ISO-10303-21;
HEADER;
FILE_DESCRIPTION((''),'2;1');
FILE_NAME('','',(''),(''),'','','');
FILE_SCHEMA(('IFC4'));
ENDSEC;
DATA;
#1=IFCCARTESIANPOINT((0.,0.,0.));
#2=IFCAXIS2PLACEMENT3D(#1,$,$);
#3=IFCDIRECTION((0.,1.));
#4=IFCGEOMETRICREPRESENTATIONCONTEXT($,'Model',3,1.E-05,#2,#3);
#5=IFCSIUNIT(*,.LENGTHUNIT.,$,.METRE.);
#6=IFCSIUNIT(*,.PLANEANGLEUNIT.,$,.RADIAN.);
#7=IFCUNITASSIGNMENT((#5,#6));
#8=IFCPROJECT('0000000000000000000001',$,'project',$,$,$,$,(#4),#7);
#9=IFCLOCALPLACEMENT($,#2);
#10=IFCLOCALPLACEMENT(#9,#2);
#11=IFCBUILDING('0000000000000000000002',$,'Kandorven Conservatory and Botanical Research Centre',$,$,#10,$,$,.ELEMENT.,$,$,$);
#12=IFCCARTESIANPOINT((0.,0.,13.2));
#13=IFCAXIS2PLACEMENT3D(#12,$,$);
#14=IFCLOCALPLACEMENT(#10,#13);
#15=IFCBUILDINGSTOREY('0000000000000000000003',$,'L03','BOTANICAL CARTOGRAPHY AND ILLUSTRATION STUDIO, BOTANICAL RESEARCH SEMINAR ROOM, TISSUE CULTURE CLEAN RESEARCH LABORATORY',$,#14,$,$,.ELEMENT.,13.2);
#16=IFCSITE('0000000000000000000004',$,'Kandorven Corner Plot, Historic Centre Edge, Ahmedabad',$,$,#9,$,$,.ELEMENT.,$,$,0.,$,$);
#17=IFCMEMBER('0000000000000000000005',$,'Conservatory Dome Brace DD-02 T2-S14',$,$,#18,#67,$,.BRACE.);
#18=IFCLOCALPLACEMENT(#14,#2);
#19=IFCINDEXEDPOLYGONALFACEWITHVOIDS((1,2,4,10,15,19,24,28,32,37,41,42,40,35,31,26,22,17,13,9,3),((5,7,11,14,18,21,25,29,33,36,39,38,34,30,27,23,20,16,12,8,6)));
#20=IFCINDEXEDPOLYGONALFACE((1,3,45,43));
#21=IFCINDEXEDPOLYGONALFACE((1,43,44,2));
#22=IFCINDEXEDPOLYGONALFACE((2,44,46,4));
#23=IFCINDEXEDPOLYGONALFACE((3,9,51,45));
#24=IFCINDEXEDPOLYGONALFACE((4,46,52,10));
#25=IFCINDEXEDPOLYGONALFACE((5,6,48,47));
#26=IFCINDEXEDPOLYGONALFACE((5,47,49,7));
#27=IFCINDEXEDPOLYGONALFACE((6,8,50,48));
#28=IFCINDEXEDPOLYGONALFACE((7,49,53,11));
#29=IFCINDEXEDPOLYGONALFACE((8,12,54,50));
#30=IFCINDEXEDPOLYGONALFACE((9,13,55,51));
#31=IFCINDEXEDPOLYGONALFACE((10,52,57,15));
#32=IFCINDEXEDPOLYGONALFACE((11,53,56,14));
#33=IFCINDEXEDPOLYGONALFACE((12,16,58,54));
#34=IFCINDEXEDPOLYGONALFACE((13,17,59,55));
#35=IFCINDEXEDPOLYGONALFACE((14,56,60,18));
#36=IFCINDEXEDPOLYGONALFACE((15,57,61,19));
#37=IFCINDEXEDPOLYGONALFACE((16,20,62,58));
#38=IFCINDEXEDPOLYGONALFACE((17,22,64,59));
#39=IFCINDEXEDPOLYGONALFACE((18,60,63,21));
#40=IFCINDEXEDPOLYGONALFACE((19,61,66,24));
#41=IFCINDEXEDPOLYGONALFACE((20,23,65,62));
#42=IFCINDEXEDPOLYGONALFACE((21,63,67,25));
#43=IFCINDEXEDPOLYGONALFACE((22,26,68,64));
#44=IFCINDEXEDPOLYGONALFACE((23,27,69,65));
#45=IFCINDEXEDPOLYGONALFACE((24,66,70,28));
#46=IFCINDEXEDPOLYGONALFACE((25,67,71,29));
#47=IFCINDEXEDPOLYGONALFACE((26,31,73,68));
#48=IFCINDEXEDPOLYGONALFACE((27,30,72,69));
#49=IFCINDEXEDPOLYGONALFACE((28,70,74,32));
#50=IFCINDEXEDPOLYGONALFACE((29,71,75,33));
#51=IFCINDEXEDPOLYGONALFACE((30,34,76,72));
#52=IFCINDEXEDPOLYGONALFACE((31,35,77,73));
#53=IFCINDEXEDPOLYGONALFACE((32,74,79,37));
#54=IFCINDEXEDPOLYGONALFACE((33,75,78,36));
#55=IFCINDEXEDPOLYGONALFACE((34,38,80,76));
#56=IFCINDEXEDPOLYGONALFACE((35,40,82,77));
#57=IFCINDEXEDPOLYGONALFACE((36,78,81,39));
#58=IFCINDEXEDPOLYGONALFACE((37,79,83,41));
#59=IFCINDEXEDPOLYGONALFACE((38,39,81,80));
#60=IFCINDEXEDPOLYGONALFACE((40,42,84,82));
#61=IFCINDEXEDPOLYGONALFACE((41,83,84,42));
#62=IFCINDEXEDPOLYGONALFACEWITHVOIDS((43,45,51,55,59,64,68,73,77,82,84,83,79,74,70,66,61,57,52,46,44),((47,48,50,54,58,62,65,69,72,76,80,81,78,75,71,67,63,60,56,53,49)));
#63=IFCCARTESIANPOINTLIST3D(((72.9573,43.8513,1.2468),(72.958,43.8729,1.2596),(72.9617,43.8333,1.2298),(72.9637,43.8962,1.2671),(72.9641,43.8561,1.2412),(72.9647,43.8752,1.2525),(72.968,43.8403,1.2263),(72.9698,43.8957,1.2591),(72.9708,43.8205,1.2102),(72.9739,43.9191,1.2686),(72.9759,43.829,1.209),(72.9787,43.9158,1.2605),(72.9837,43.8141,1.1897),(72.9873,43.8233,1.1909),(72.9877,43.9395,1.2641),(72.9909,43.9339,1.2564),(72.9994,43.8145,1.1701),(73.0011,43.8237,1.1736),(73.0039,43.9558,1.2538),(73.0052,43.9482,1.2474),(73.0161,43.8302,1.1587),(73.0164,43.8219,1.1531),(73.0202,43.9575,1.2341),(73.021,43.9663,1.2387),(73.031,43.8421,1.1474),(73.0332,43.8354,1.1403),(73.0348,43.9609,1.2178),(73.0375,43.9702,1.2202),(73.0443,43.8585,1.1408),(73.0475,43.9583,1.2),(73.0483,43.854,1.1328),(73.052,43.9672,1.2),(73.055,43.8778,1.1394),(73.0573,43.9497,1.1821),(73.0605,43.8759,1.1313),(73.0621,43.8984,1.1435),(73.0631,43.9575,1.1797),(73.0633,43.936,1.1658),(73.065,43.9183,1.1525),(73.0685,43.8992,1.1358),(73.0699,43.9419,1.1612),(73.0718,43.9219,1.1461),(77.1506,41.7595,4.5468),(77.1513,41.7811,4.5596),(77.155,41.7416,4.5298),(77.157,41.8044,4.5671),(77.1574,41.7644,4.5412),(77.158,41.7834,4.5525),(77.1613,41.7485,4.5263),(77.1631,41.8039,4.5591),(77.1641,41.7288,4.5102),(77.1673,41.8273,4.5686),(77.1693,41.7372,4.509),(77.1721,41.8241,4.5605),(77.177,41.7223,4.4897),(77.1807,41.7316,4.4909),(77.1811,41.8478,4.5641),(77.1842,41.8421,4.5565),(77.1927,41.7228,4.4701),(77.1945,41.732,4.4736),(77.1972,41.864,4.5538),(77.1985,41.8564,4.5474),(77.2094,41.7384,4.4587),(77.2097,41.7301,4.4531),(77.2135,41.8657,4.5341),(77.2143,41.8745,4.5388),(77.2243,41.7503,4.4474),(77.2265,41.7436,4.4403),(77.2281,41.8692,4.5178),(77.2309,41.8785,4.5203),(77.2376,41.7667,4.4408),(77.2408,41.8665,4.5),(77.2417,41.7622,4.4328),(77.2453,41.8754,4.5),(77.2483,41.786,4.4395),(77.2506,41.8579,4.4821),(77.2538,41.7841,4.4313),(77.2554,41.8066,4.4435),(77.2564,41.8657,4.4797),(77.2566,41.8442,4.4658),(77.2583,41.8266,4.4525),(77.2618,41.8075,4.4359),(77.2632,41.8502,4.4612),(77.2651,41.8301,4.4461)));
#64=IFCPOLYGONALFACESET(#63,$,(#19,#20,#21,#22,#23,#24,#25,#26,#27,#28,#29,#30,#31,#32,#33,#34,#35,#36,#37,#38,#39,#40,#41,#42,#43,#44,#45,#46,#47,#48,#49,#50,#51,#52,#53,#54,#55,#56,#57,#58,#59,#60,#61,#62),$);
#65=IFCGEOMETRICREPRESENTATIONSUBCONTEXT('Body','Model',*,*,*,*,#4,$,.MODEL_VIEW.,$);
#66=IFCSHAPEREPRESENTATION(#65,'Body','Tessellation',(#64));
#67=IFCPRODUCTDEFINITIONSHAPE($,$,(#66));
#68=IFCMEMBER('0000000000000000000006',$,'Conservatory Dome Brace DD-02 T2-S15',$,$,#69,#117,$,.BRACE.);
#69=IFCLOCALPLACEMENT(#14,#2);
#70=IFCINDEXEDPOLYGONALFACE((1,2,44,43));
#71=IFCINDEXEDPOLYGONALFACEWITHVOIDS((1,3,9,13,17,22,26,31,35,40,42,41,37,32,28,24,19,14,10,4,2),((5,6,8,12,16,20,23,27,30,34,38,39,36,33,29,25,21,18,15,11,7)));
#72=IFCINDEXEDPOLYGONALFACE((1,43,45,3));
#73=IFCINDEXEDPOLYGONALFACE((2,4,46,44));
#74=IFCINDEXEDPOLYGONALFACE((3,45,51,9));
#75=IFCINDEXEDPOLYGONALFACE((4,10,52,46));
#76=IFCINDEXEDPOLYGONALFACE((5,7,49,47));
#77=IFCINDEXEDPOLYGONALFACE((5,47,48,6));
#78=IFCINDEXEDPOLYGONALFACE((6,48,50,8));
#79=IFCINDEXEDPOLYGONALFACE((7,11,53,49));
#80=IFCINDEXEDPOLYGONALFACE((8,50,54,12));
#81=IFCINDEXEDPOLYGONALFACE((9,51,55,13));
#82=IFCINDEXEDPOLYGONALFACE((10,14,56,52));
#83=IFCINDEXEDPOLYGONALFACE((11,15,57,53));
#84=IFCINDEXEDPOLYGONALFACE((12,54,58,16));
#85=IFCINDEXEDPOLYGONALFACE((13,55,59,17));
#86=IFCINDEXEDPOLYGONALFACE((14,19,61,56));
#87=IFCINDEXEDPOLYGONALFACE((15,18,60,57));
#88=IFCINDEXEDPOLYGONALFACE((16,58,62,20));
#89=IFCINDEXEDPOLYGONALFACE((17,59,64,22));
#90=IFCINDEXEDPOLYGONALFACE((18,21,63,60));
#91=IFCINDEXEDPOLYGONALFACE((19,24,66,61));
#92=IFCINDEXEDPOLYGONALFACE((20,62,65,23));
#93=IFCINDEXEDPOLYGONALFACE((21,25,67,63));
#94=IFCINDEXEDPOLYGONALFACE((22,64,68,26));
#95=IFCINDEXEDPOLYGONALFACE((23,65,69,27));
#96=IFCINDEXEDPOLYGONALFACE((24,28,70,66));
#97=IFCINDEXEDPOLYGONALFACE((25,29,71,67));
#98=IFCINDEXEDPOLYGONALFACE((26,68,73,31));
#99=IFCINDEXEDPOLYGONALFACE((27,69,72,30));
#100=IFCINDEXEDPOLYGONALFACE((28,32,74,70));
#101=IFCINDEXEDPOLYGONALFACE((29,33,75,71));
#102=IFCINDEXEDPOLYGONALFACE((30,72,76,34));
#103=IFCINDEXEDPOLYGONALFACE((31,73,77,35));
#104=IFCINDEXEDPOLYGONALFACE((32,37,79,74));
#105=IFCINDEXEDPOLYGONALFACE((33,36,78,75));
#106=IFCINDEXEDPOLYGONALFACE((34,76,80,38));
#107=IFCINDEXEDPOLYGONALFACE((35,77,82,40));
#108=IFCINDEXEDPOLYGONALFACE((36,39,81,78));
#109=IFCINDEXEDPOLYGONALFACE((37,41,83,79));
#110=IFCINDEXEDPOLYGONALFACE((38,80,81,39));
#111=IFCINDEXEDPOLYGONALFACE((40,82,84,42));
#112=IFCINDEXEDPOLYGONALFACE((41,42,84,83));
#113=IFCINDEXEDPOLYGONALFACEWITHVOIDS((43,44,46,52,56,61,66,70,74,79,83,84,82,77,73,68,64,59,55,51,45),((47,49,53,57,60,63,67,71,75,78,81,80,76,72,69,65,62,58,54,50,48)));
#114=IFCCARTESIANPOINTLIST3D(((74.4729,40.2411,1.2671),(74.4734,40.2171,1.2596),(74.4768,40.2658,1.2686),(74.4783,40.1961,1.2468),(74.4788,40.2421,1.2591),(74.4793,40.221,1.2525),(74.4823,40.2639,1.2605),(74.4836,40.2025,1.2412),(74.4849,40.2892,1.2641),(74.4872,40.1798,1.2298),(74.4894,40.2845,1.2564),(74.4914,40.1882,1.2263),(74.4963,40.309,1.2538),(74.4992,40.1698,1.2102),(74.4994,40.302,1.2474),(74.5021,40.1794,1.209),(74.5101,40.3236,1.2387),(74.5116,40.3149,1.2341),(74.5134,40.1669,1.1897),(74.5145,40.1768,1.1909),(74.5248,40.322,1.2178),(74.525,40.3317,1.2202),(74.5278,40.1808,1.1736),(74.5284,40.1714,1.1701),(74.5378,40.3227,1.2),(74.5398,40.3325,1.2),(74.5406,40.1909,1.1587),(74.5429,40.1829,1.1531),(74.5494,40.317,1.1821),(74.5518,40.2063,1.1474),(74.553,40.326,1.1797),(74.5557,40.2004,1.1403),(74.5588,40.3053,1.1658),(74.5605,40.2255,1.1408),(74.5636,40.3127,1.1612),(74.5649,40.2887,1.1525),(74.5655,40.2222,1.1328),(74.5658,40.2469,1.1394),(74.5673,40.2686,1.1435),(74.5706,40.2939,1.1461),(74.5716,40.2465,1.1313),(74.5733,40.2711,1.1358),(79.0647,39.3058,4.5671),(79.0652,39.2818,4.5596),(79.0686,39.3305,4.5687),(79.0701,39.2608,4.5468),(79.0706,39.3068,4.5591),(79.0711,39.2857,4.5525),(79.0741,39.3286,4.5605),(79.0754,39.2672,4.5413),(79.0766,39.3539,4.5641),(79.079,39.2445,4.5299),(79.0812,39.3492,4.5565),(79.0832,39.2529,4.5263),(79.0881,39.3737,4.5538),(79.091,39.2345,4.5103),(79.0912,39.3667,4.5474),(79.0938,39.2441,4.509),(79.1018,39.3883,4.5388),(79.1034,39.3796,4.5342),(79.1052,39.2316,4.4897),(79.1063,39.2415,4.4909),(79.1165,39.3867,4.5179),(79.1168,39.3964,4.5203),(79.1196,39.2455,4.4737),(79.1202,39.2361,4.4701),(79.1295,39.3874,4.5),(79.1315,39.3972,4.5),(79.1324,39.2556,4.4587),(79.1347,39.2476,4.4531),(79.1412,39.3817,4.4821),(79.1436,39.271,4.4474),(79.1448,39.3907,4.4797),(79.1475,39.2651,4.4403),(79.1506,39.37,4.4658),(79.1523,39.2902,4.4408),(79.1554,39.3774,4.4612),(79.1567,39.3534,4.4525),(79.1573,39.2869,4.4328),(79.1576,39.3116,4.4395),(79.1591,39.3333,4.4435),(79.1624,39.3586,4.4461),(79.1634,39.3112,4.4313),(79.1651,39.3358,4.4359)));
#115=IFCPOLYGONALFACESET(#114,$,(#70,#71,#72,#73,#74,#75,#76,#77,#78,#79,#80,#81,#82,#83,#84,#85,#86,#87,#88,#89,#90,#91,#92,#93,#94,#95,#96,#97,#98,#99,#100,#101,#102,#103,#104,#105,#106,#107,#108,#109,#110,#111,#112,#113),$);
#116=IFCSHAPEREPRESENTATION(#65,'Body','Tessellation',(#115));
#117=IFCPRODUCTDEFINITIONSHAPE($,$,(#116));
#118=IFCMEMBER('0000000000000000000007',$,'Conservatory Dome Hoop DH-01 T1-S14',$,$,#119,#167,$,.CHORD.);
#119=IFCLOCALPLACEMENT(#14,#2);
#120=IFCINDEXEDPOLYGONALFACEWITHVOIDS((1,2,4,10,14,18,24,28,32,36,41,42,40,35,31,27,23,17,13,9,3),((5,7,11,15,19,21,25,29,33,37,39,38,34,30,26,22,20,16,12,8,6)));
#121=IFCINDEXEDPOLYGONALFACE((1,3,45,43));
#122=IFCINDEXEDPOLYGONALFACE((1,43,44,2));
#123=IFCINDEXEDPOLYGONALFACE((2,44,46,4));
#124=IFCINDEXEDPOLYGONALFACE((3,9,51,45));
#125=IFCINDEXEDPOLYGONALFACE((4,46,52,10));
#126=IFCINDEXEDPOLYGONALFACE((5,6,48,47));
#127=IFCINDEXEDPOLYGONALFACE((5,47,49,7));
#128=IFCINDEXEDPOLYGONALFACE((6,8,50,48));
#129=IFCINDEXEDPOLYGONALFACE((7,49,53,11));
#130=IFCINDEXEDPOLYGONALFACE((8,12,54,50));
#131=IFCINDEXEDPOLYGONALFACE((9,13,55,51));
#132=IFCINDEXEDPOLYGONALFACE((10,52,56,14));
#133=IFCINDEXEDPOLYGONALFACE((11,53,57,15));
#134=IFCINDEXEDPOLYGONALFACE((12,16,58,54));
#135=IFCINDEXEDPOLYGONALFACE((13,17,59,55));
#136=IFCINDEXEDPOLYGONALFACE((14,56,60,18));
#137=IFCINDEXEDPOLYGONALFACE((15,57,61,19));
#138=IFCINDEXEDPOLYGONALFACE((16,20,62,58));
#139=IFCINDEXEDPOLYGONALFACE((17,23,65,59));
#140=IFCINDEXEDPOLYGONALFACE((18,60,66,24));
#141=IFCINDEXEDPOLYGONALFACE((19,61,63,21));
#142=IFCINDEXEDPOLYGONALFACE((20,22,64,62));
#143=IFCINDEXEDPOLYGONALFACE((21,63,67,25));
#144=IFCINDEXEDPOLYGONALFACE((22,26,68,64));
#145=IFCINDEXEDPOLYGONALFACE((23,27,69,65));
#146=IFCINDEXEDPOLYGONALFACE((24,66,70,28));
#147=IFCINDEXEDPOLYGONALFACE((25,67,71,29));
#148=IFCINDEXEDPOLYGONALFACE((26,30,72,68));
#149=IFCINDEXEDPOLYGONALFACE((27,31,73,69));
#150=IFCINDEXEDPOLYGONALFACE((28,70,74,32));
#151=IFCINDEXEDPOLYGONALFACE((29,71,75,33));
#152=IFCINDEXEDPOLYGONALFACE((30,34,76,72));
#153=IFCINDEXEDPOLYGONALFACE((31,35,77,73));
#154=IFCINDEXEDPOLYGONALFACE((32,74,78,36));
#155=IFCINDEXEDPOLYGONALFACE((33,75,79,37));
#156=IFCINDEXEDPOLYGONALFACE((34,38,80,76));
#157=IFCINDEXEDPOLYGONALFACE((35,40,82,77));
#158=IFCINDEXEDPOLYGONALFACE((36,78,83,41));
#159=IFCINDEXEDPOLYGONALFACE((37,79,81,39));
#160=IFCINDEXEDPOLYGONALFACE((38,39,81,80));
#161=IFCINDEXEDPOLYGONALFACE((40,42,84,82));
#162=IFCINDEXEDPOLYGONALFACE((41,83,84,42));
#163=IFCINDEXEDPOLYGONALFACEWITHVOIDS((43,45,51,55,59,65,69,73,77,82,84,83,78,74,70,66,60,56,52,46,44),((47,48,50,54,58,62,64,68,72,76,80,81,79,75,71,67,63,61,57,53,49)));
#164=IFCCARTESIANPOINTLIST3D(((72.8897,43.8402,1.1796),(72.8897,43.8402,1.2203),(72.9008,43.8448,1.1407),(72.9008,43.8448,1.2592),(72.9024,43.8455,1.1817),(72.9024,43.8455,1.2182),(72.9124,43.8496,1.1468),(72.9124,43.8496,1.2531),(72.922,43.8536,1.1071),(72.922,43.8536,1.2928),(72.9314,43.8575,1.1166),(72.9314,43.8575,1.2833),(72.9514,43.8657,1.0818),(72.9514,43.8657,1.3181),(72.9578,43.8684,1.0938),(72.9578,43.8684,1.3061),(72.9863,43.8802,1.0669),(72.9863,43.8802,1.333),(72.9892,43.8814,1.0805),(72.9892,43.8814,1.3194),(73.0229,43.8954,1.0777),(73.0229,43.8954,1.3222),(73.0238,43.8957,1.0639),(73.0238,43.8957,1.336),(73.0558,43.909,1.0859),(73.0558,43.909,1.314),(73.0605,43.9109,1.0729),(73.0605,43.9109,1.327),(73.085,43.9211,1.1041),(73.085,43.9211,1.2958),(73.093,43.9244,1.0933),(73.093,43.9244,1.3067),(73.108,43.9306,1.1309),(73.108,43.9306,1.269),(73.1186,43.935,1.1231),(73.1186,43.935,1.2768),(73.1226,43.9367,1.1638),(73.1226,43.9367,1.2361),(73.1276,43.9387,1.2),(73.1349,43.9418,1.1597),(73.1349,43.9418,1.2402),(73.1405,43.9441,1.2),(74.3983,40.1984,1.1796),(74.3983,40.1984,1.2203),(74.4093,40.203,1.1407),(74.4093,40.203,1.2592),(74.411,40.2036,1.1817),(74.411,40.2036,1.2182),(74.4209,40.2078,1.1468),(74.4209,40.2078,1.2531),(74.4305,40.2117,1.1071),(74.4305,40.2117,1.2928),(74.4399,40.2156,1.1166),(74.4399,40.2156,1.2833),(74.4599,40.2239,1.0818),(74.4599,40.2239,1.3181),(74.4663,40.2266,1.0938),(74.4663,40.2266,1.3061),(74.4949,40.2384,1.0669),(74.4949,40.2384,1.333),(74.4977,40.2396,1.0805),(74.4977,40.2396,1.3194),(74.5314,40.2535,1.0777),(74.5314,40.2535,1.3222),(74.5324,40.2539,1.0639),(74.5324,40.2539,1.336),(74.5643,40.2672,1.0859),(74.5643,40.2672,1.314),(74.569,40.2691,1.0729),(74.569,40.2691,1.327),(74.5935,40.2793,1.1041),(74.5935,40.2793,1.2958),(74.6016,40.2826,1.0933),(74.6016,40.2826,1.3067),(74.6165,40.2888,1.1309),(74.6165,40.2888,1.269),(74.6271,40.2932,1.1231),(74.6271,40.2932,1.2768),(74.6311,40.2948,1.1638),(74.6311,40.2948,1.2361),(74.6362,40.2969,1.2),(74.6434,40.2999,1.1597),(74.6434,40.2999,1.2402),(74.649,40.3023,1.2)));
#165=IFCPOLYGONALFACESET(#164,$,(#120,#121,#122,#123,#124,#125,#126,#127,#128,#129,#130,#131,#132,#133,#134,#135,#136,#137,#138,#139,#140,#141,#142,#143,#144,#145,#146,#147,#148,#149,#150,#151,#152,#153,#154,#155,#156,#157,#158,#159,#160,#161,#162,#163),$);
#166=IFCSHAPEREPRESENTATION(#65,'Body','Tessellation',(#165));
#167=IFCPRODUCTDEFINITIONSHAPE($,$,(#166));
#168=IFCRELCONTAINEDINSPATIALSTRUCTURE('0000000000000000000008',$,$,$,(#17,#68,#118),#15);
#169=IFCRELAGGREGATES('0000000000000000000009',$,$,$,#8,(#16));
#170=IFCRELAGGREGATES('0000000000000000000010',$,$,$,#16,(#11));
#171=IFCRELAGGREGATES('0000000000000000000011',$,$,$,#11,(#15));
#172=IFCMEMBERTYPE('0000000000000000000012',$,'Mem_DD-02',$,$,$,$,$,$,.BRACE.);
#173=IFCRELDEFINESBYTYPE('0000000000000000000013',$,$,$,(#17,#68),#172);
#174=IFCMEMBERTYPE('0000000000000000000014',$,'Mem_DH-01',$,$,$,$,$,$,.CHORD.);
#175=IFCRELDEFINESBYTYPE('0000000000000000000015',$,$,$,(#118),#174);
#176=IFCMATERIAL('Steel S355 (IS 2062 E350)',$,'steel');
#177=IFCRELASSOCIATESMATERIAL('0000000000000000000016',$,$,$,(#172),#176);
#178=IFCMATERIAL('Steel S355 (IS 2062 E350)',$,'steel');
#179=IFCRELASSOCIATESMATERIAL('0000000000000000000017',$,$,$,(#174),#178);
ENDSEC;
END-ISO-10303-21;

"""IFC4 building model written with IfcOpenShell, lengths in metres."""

from ifc_helpers import new_model, si_unit, direction, frame, origin, origin_2d, place, context, subcontext, project, spatial, hollow_circle, extrude, material, material_profile, profile_set, type_object, element, save


model = new_model("IFC4")

# Units and contexts
model_context = context("Model", 3, precision=1e-05, world=origin(), true_north=direction((0.0, 1.0)))
body_context = subcontext(model_context, "Body", "Model", "MODEL_VIEW")
ifc_project = project(units=[si_unit("LENGTHUNIT", "METRE"), si_unit("PLANEANGLEUNIT", "RADIAN")], contexts=[model_context])

# Site, building, storey
site_placement = place(None, origin())
site = spatial("IfcSite", under=ifc_project, at=site_placement, Name="Kandorven Corner Plot, Historic Centre Edge, Ahmedabad", CompositionType="ELEMENT", RefElevation=0.0)
building_placement = place(site_placement, origin())
building = spatial("IfcBuilding", under=site, at=building_placement, Name="Kandorven Conservatory and Botanical Research Centre", CompositionType="ELEMENT")
storey_placement = place(building_placement, frame((0.0, 0.0, 13.2)))
storey = spatial("IfcBuildingStorey", under=building, at=storey_placement, Name="L03", Description="BOTANICAL CARTOGRAPHY AND ILLUSTRATION STUDIO, BOTANICAL RESEARCH SEMINAR ROOM, TISSUE CULTURE CLEAN RESEARCH LABORATORY", CompositionType="ELEMENT", Elevation=13.2)

# Members
ifc_material_1 = material(Name="Steel S355 (IS 2062 E350)", Category="steel")
ifc_material_profile_1 = material_profile(ifc_material_1, hollow_circle(Radius=0.0842, WallThickness=0.01, at=origin_2d()))
ifc_profile_set_1 = profile_set([ifc_material_profile_1], Name="Steel S355 (IS 2062 E350)")
member_type_1 = type_object("IfcMemberType", Name="Mem_DD-02", PredefinedType="BRACE", material=ifc_profile_set_1)
for number, where, z_axis, x_axis, name in (
    (1, (73.0144, 43.8918, 1.2), (0.731633, -0.364964, 0.575773), (0.44638, 0.894844, 0.0), "Conservatory Dome Brace DD-02 T2-S14"),
    (2, (74.5229, 40.25, 1.2), (0.801156, -0.163187, 0.575777), (0.199592, 0.979879, 0.0), "Conservatory Dome Brace DD-02 T2-S15"),
):
    element("IfcMember", number, at=place(storey_placement, frame(where, z_axis=z_axis, x_axis=x_axis)), inside=storey, type_object=member_type_1, Name=name, PredefinedType="BRACE", context=body_context, shape_type="SweptSolid", body=[
        extrude(hollow_circle(Radius=0.0842, WallThickness=0.01, at=origin_2d()), origin(), (0.0, 0.0, 1.0), 5.7314),
    ])
ifc_material_2 = material(Name="Steel S355 (IS 2062 E350)", Category="steel")
ifc_material_profile_2 = material_profile(ifc_material_2, hollow_circle(Radius=0.1365, WallThickness=0.0139, at=origin_2d()))
ifc_profile_set_2 = profile_set([ifc_material_profile_2], Name="Steel S355 (IS 2062 E350)")
member_type_2 = type_object("IfcMemberType", Name="Mem_DH-01", PredefinedType="CHORD", material=ifc_profile_set_2)
for number, where, z_axis, x_axis, name in (
    (3, (73.0144, 43.8918, 1.2), (0.382693, -0.923876, 0.0), (0.923876, 0.382693, 0.0), "Conservatory Dome Hoop DH-01 T1-S14"),
):
    element("IfcMember", number, at=place(storey_placement, frame(where, z_axis=z_axis, x_axis=x_axis)), inside=storey, type_object=member_type_2, Name=name, PredefinedType="CHORD", context=body_context, shape_type="SweptSolid", body=[
        extrude(hollow_circle(Radius=0.1365, WallThickness=0.0139, at=origin_2d()), origin(), (0.0, 0.0, 1.0), 3.9419),
    ])

save(model, "model.ifc")
